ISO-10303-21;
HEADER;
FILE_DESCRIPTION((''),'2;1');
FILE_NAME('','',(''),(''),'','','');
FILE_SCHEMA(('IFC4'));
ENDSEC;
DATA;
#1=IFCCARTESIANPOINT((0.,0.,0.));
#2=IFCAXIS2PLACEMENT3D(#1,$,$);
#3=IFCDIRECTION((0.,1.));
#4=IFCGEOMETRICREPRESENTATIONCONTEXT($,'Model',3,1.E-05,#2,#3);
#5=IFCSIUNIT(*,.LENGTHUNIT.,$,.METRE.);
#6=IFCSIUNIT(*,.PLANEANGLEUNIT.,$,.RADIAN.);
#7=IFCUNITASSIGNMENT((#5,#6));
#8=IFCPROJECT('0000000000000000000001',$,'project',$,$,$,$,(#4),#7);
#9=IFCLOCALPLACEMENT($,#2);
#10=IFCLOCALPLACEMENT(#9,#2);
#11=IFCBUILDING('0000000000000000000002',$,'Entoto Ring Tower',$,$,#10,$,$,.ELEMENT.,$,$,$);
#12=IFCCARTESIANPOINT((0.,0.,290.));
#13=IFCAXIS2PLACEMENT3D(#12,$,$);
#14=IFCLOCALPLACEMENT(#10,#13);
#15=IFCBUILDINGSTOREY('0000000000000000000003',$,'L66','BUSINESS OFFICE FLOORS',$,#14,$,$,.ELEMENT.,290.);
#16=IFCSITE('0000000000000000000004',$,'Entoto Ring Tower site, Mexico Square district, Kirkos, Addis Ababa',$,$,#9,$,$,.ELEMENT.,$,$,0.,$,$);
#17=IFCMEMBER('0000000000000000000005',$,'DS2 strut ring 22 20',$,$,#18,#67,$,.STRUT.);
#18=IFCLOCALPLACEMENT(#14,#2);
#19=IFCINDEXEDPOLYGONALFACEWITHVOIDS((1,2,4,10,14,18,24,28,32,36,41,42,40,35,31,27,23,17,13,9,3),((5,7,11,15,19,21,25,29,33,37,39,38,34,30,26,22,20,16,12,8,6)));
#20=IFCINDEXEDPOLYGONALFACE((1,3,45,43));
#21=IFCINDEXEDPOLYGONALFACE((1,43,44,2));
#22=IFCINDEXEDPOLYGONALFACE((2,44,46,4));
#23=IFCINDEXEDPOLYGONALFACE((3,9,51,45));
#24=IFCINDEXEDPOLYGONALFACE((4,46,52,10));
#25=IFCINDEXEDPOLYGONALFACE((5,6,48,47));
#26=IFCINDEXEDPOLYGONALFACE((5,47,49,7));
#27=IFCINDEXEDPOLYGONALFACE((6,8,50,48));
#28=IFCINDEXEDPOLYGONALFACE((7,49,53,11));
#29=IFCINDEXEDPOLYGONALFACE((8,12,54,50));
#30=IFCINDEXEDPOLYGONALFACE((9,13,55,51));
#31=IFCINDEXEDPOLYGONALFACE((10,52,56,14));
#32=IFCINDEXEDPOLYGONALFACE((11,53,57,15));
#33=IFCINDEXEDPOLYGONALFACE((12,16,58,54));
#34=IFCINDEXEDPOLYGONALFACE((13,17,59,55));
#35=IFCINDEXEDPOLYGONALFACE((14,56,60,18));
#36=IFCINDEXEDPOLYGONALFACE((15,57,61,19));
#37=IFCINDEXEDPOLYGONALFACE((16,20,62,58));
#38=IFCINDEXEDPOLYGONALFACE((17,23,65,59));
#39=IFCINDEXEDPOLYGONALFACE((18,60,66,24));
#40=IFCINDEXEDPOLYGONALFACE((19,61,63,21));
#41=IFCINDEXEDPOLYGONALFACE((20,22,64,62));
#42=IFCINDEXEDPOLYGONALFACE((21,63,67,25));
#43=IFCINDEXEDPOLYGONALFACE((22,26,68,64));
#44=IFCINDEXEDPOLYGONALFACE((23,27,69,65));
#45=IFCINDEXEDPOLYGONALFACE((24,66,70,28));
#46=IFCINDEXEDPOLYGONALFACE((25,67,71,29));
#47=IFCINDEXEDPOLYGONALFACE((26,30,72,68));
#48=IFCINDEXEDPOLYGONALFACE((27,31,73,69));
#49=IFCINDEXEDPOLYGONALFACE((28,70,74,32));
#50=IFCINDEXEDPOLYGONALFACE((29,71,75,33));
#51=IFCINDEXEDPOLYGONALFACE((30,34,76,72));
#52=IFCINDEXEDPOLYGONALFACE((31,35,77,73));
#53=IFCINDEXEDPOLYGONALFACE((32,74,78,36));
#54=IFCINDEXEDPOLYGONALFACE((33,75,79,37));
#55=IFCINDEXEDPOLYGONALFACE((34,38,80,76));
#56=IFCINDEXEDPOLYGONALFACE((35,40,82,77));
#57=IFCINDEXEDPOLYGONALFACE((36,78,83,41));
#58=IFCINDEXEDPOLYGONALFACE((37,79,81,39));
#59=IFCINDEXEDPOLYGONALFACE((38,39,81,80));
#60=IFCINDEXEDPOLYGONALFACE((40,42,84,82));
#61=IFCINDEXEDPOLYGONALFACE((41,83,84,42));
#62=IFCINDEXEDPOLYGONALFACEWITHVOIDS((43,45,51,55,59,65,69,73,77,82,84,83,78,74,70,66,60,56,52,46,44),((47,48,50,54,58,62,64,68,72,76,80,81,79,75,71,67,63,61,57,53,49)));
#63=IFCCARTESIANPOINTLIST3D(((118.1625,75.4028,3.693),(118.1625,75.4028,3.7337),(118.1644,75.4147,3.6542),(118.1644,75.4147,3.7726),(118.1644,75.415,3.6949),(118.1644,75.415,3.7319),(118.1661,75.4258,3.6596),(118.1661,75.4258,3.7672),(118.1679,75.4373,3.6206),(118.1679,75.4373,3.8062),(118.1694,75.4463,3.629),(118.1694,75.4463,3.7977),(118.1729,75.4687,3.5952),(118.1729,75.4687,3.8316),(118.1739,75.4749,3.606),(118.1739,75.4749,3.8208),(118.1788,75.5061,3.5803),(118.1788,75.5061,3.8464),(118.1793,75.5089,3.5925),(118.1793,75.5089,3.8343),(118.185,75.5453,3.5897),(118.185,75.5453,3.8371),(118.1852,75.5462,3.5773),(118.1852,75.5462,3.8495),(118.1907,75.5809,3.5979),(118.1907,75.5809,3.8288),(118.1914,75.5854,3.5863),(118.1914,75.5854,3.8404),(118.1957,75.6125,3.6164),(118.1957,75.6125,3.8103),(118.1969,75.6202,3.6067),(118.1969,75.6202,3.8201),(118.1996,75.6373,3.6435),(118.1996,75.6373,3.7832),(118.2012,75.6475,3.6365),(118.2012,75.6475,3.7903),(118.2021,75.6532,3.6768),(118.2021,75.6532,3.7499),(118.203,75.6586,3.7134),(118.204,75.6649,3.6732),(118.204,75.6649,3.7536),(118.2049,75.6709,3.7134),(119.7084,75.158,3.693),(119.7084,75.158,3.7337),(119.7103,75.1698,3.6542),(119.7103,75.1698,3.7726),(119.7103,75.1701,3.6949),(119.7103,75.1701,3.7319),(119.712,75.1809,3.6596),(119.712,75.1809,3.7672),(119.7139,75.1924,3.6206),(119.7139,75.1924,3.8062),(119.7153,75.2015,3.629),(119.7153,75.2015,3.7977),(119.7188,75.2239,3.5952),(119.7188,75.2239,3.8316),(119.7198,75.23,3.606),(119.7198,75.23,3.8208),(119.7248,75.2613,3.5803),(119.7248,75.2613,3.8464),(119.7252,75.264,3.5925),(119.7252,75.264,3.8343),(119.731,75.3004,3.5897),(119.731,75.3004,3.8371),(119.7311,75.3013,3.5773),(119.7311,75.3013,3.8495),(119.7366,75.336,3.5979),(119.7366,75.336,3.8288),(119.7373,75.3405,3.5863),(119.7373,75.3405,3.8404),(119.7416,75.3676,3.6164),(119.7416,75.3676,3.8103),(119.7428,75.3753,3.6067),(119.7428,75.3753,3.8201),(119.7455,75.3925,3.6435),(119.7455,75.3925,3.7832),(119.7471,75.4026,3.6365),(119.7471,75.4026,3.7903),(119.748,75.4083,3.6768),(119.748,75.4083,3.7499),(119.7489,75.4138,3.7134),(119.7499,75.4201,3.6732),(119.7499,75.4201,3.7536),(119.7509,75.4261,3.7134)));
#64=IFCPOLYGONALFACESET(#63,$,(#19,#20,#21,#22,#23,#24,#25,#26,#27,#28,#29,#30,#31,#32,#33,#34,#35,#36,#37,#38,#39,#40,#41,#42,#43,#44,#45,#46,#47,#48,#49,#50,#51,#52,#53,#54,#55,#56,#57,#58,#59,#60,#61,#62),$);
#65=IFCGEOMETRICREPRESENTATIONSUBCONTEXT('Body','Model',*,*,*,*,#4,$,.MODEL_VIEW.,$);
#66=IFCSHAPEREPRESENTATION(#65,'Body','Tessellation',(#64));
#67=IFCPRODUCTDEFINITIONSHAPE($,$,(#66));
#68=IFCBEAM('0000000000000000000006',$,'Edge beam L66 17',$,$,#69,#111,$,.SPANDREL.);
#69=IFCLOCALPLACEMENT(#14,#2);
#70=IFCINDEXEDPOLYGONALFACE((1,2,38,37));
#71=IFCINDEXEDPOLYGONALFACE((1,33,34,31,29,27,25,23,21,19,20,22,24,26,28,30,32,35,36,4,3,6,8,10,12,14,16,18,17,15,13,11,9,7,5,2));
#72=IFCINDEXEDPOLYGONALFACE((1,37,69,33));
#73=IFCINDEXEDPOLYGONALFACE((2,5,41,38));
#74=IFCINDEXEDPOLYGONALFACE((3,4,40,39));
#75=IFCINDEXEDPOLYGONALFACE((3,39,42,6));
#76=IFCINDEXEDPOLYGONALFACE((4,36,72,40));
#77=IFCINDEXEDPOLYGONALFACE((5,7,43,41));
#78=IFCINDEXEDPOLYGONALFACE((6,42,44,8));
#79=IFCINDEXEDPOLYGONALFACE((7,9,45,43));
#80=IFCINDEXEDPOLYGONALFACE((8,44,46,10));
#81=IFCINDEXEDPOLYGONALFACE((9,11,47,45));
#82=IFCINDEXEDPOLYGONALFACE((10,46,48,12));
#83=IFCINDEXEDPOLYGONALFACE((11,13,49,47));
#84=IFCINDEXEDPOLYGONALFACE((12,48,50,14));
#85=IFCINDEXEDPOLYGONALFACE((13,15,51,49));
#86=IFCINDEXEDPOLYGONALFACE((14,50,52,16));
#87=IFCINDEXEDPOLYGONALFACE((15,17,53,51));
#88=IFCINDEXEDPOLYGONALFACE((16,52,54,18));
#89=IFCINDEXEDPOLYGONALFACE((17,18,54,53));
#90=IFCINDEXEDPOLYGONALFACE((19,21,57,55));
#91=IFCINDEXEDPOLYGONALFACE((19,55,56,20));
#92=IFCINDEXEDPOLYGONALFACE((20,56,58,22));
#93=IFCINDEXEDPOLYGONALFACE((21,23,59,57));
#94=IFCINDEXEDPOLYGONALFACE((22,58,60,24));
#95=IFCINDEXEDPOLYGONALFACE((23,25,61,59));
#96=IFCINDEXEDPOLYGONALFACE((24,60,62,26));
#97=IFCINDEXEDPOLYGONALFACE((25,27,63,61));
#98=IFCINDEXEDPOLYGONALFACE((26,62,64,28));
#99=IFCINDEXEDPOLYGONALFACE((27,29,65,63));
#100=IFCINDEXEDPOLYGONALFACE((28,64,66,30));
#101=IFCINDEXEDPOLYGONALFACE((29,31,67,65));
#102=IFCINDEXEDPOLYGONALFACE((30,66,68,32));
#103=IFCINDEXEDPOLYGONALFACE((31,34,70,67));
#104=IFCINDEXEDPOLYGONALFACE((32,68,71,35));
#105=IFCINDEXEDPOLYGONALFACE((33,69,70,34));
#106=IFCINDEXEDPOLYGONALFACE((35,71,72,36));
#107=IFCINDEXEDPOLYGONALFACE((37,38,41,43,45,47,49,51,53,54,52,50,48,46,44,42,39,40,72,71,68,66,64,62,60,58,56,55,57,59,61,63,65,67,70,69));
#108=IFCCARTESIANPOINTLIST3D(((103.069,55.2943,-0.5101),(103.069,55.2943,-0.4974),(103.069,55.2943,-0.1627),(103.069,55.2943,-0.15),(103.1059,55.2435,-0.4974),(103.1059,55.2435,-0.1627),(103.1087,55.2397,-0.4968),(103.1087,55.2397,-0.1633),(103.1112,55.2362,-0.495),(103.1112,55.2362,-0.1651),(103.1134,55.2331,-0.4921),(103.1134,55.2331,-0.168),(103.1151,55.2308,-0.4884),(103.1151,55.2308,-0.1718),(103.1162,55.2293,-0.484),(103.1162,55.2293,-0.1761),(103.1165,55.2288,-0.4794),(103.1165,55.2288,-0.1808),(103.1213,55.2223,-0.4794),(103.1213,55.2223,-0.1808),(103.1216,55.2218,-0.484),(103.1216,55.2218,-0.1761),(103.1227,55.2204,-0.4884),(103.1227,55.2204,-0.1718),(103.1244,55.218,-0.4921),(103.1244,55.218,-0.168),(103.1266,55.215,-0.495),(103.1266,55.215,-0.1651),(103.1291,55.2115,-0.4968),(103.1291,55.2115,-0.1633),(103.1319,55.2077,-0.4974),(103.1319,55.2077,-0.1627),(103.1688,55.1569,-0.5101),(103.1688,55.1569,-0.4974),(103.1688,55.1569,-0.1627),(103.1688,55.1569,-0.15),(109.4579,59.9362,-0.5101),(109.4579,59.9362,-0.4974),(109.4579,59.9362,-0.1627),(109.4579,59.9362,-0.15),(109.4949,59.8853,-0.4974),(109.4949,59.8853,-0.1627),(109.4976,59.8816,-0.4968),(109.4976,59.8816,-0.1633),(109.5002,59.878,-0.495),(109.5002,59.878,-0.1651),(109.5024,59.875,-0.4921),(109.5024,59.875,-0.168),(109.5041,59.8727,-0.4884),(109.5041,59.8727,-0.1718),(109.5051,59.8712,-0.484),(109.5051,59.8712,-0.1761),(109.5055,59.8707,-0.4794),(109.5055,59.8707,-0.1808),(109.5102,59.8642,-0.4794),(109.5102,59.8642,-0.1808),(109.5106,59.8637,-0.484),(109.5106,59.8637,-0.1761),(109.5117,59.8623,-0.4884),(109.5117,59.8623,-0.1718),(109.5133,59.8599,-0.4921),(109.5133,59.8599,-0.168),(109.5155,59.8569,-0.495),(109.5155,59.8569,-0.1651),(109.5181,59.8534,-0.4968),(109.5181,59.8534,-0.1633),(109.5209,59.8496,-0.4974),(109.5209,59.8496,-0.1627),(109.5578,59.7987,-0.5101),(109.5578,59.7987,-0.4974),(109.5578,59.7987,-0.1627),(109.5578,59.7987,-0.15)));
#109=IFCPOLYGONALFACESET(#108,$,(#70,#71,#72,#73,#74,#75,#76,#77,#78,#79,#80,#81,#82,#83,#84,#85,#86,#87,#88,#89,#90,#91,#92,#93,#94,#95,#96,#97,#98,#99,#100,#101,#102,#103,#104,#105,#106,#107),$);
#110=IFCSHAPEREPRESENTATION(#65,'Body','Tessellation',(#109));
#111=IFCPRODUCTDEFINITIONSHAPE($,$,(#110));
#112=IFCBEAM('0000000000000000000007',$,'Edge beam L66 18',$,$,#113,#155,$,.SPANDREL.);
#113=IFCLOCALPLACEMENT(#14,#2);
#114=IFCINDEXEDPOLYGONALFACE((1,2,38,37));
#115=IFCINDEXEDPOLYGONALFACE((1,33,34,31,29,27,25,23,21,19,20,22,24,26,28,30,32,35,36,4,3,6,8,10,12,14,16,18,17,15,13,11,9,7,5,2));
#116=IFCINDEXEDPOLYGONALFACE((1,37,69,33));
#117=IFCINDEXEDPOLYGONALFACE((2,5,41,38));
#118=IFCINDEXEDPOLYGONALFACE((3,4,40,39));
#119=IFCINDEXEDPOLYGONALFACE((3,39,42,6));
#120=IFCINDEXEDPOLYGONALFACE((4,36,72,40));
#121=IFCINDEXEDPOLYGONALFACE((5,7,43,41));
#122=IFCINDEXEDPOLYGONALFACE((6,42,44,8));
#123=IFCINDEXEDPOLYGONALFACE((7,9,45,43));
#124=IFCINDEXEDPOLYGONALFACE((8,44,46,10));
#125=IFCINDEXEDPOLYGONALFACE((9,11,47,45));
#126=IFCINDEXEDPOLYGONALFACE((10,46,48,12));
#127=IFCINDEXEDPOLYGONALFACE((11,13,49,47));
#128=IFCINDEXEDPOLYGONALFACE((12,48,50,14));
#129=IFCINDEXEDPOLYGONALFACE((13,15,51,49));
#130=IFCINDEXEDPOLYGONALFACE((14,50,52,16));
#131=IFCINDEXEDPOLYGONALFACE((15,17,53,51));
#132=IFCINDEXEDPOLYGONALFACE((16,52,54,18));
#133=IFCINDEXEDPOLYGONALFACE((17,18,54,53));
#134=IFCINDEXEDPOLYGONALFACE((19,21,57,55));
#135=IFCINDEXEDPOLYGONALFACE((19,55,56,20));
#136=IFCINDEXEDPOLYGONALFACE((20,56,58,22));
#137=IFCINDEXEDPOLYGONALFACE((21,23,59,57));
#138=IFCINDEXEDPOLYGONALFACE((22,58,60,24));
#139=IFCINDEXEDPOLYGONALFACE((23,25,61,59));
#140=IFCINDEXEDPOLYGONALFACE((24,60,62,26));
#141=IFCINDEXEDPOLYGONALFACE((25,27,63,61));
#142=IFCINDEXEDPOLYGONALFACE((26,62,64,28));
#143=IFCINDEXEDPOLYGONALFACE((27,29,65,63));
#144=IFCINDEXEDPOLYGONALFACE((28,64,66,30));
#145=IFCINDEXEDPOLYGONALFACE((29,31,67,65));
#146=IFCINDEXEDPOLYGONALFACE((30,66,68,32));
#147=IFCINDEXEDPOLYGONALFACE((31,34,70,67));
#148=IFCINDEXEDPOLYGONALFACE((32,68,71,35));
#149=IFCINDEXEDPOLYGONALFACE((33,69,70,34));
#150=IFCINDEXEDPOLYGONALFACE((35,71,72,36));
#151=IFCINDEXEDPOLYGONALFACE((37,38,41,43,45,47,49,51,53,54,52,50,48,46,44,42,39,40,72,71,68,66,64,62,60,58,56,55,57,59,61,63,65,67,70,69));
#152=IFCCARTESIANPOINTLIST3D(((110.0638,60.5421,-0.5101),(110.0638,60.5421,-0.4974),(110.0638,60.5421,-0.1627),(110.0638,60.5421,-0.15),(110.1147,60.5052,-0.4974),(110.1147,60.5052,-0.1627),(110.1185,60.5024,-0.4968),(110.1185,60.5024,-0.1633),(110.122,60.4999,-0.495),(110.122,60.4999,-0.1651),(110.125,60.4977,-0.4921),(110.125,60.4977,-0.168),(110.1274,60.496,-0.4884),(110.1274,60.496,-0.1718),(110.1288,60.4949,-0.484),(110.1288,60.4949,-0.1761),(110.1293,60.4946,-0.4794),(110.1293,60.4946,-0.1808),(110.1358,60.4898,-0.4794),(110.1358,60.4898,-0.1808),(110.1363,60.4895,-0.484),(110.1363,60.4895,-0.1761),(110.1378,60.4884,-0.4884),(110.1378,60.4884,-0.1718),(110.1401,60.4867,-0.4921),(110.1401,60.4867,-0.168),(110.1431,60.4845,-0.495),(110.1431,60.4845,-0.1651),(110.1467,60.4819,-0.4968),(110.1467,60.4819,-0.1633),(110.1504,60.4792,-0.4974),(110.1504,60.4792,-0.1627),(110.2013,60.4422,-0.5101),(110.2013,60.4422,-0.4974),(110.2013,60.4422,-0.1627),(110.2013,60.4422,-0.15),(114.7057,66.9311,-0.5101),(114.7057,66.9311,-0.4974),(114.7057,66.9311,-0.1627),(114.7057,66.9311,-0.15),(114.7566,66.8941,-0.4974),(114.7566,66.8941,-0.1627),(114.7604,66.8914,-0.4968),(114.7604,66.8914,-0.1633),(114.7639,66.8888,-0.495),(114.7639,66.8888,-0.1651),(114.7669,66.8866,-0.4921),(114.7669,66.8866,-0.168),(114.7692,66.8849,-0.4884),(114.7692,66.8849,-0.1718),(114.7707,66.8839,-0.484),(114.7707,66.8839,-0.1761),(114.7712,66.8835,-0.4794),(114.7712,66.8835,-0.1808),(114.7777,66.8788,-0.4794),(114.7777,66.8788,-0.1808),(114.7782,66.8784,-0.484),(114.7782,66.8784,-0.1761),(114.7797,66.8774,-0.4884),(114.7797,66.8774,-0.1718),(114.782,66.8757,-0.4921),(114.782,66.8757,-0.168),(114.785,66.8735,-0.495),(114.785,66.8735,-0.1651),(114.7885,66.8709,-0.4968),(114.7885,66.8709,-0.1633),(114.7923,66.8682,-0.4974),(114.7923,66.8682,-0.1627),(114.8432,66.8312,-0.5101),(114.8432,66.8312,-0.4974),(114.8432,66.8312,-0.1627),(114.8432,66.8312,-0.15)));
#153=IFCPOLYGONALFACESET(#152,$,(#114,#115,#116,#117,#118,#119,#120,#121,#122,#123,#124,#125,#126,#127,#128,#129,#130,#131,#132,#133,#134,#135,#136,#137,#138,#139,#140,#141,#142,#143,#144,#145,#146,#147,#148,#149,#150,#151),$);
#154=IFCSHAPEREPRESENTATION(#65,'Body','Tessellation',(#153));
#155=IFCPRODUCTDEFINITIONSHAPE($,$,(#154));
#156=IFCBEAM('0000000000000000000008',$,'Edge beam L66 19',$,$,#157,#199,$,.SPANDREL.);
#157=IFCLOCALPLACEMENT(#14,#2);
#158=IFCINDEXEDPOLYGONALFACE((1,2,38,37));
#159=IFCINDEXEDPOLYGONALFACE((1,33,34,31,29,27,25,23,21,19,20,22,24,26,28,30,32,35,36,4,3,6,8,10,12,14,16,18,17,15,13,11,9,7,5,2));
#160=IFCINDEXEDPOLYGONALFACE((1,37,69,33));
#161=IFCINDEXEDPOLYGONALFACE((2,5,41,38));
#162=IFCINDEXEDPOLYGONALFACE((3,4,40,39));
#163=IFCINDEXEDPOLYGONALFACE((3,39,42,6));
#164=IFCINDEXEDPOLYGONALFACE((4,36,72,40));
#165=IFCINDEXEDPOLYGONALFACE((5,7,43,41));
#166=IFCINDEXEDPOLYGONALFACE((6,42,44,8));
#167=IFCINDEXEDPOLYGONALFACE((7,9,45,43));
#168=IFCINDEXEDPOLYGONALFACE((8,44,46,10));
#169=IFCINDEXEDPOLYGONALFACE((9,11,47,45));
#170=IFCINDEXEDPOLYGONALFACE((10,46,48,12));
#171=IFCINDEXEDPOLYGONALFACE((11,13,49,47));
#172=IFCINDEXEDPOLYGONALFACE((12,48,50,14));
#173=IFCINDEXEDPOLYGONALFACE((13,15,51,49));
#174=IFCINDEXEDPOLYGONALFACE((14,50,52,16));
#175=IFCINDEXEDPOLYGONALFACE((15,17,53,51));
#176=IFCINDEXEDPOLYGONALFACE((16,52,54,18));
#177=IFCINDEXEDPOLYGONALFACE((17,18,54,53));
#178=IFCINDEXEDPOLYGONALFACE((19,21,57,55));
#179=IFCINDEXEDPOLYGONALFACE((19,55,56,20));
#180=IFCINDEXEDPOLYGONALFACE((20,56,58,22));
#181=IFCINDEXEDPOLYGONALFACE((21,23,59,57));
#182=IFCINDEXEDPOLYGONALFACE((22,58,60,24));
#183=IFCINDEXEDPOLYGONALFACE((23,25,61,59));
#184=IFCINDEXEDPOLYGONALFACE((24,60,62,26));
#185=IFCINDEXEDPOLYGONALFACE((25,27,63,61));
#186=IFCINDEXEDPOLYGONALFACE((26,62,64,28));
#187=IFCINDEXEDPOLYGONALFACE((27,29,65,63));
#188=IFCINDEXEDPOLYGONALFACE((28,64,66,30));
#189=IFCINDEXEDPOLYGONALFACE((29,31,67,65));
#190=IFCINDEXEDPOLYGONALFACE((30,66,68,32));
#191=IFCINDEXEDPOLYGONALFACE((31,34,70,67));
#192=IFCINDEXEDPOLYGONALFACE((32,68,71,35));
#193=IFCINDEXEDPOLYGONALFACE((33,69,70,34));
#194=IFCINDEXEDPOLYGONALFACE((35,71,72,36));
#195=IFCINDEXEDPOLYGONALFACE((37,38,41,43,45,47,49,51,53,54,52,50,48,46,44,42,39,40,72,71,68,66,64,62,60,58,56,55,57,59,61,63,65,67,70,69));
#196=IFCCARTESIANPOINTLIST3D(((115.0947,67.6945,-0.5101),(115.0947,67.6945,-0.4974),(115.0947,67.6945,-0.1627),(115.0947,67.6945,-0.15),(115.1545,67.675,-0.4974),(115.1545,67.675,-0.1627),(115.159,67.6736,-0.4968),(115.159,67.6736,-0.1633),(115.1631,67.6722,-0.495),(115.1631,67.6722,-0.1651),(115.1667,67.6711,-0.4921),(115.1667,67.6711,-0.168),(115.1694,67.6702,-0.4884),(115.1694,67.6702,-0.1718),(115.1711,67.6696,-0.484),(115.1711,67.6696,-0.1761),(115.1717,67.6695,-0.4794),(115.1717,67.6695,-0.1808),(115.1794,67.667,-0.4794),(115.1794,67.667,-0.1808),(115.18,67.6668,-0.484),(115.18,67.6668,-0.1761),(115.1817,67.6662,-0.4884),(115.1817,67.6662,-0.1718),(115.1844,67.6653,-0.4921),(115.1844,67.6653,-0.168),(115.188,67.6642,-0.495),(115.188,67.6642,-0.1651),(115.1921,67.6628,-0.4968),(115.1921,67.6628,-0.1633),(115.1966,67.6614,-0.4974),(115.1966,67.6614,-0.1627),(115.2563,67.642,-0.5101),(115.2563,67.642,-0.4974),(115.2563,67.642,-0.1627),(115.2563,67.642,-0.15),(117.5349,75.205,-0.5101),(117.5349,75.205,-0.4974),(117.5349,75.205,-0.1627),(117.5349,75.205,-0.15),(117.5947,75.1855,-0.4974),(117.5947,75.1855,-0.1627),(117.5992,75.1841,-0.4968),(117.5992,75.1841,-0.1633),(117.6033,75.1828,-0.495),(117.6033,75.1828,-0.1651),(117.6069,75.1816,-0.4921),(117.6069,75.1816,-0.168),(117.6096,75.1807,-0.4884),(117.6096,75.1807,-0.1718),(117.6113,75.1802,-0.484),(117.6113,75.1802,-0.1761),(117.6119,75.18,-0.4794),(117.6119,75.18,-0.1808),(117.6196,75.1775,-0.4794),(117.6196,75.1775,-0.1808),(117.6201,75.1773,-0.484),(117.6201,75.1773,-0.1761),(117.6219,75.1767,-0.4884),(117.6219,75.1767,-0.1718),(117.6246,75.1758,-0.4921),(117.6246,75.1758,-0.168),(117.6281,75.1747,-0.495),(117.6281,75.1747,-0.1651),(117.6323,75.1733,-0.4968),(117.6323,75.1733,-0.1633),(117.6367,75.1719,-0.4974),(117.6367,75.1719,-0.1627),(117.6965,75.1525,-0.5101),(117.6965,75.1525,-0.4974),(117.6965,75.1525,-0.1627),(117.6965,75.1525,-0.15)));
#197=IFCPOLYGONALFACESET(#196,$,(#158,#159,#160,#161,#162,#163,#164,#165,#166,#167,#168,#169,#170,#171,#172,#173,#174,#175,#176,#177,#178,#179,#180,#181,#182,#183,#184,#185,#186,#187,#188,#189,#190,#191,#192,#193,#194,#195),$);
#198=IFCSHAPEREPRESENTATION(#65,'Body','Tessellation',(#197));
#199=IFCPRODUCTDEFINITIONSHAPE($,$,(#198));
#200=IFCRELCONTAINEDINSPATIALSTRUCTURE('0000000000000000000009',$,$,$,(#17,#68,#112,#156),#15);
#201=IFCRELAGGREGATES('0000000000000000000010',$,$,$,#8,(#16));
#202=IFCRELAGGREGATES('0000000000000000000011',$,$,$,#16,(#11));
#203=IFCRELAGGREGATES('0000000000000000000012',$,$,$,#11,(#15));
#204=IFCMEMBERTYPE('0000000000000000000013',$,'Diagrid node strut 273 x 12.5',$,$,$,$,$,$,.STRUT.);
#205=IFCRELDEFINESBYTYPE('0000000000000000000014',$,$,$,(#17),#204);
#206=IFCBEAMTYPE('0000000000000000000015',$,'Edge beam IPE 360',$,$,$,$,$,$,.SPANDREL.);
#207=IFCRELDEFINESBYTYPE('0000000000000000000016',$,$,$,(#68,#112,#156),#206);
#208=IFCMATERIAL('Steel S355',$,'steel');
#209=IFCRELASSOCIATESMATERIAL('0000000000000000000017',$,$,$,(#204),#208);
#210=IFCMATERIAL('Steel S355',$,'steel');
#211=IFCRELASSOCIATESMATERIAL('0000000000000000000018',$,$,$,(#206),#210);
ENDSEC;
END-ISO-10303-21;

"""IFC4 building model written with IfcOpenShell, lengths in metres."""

from ifc_helpers import new_model, si_unit, direction, frame, origin, origin_2d, place, context, subcontext, project, spatial, circle, hollow_circle, i_section, extrude, material, material_profile, profile_set, type_object, element, save


model = new_model("IFC4")

# Units and contexts
model_context = context("Model", 3, precision=1e-05, world=origin(), true_north=direction((0.0, 1.0)))
body_context = subcontext(model_context, "Body", "Model", "MODEL_VIEW")
ifc_project = project(units=[si_unit("LENGTHUNIT", "METRE"), si_unit("PLANEANGLEUNIT", "RADIAN")], contexts=[model_context])

# Site, building, storey
site_placement = place(None, origin())
site = spatial("IfcSite", under=ifc_project, at=site_placement, Name="Entoto Ring Tower site, Mexico Square district, Kirkos, Addis Ababa", CompositionType="ELEMENT", RefElevation=0.0)
building_placement = place(site_placement, origin())
building = spatial("IfcBuilding", under=site, at=building_placement, Name="Entoto Ring Tower", CompositionType="ELEMENT")
storey_placement = place(building_placement, frame((0.0, 0.0, 290.0)))
storey = spatial("IfcBuildingStorey", under=building, at=storey_placement, Name="L66", Description="BUSINESS OFFICE FLOORS", CompositionType="ELEMENT", Elevation=290.0)

# Member
ifc_material_1 = material(Name="Steel S355", Category="steel")
ifc_material_profile_1 = material_profile(ifc_material_1, hollow_circle(Radius=0.1365, WallThickness=0.0125, at=origin_2d()), Name="CHS 273 x 12.5")
ifc_material_2 = material(Name="Concrete C60/75", Category="concrete")
ifc_material_profile_2 = material_profile(ifc_material_2, circle(Radius=0.124, at=origin_2d()), Name="Concrete C60/75 infill")
ifc_profile_set_1 = profile_set([ifc_material_profile_1, ifc_material_profile_2], Name="Steel S355")
member_type = type_object("IfcMemberType", Name="Diagrid node strut 273 x 12.5", PredefinedType="STRUT", material=ifc_profile_set_1)
for number, where, z_axis, x_axis, name in (
    (1, (118.1836, 75.5361, 3.7134), (0.987686, -0.156451, 0.0), (0.156451, 0.987686, 0.0), "DS2 strut ring 22 20"),
):
    element("IfcMember", number, at=place(storey_placement, frame(where, z_axis=z_axis, x_axis=x_axis)), inside=storey, type_object=member_type, Name=name, PredefinedType="STRUT", context=body_context, shape_type="SweptSolid", body=[
        extrude(hollow_circle(Radius=0.1365, WallThickness=0.0125, at=origin_2d()), origin(), (0.0, 0.0, 1.0), 1.5652),
    ])

# Beams
ifc_material_3 = material(Name="Steel S355", Category="steel")
ifc_material_profile_3 = material_profile(ifc_material_3, i_section(OverallWidth=0.1699, OverallDepth=0.3601, WebThickness=0.0081, FlangeThickness=0.0127, FilletRadius=0.0181, at=origin_2d()), Name="IPE 360")
ifc_profile_set_2 = profile_set([ifc_material_profile_3], Name="Steel S355")
beam_type_1 = type_object("IfcBeamType", Name="Edge beam IPE 360", PredefinedType="SPANDREL", material=ifc_profile_set_2)
for number, where, z_axis, x_axis, name in (
    (2, (103.1189, 55.2256, -0.3301), (0.809015, 0.587787, 0.0), (-0.587787, 0.809015, 0.0), "Edge beam L66 17"),
    (3, (110.1326, 60.4922, -0.3301), (0.587787, 0.809015, 0.0), (-0.809015, 0.587787, 0.0), "Edge beam L66 18"),
):
    element("IfcBeam", number, at=place(storey_placement, frame(where, z_axis=z_axis, x_axis=x_axis)), inside=storey, type_object=beam_type_1, Name=name, PredefinedType="SPANDREL", context=body_context, shape_type="SweptSolid", body=[
        extrude(i_section(OverallWidth=0.1699, OverallDepth=0.3601, WebThickness=0.0081, FlangeThickness=0.0127, FilletRadius=0.0181, at=origin_2d()), origin(), (0.0, 0.0, 1.0), 7.8972),
    ])
for number, where, z_axis, x_axis, name in (
    (4, (115.1755, 67.6682, -0.3301), (0.309003, 0.951061, 0.0), (-0.951061, 0.309003, 0.0), "Edge beam L66 19"),
):
    element("IfcBeam", number, at=place(storey_placement, frame(where, z_axis=z_axis, x_axis=x_axis)), inside=storey, type_object=beam_type_1, Name=name, PredefinedType="SPANDREL", context=body_context, shape_type="SweptSolid", body=[
        extrude(i_section(OverallWidth=0.1699, OverallDepth=0.3601, WebThickness=0.0081, FlangeThickness=0.0127, FilletRadius=0.0181, at=origin_2d()), origin(), (0.0, 0.0, 1.0), 7.897),
    ])

save(model, "model.ifc")
